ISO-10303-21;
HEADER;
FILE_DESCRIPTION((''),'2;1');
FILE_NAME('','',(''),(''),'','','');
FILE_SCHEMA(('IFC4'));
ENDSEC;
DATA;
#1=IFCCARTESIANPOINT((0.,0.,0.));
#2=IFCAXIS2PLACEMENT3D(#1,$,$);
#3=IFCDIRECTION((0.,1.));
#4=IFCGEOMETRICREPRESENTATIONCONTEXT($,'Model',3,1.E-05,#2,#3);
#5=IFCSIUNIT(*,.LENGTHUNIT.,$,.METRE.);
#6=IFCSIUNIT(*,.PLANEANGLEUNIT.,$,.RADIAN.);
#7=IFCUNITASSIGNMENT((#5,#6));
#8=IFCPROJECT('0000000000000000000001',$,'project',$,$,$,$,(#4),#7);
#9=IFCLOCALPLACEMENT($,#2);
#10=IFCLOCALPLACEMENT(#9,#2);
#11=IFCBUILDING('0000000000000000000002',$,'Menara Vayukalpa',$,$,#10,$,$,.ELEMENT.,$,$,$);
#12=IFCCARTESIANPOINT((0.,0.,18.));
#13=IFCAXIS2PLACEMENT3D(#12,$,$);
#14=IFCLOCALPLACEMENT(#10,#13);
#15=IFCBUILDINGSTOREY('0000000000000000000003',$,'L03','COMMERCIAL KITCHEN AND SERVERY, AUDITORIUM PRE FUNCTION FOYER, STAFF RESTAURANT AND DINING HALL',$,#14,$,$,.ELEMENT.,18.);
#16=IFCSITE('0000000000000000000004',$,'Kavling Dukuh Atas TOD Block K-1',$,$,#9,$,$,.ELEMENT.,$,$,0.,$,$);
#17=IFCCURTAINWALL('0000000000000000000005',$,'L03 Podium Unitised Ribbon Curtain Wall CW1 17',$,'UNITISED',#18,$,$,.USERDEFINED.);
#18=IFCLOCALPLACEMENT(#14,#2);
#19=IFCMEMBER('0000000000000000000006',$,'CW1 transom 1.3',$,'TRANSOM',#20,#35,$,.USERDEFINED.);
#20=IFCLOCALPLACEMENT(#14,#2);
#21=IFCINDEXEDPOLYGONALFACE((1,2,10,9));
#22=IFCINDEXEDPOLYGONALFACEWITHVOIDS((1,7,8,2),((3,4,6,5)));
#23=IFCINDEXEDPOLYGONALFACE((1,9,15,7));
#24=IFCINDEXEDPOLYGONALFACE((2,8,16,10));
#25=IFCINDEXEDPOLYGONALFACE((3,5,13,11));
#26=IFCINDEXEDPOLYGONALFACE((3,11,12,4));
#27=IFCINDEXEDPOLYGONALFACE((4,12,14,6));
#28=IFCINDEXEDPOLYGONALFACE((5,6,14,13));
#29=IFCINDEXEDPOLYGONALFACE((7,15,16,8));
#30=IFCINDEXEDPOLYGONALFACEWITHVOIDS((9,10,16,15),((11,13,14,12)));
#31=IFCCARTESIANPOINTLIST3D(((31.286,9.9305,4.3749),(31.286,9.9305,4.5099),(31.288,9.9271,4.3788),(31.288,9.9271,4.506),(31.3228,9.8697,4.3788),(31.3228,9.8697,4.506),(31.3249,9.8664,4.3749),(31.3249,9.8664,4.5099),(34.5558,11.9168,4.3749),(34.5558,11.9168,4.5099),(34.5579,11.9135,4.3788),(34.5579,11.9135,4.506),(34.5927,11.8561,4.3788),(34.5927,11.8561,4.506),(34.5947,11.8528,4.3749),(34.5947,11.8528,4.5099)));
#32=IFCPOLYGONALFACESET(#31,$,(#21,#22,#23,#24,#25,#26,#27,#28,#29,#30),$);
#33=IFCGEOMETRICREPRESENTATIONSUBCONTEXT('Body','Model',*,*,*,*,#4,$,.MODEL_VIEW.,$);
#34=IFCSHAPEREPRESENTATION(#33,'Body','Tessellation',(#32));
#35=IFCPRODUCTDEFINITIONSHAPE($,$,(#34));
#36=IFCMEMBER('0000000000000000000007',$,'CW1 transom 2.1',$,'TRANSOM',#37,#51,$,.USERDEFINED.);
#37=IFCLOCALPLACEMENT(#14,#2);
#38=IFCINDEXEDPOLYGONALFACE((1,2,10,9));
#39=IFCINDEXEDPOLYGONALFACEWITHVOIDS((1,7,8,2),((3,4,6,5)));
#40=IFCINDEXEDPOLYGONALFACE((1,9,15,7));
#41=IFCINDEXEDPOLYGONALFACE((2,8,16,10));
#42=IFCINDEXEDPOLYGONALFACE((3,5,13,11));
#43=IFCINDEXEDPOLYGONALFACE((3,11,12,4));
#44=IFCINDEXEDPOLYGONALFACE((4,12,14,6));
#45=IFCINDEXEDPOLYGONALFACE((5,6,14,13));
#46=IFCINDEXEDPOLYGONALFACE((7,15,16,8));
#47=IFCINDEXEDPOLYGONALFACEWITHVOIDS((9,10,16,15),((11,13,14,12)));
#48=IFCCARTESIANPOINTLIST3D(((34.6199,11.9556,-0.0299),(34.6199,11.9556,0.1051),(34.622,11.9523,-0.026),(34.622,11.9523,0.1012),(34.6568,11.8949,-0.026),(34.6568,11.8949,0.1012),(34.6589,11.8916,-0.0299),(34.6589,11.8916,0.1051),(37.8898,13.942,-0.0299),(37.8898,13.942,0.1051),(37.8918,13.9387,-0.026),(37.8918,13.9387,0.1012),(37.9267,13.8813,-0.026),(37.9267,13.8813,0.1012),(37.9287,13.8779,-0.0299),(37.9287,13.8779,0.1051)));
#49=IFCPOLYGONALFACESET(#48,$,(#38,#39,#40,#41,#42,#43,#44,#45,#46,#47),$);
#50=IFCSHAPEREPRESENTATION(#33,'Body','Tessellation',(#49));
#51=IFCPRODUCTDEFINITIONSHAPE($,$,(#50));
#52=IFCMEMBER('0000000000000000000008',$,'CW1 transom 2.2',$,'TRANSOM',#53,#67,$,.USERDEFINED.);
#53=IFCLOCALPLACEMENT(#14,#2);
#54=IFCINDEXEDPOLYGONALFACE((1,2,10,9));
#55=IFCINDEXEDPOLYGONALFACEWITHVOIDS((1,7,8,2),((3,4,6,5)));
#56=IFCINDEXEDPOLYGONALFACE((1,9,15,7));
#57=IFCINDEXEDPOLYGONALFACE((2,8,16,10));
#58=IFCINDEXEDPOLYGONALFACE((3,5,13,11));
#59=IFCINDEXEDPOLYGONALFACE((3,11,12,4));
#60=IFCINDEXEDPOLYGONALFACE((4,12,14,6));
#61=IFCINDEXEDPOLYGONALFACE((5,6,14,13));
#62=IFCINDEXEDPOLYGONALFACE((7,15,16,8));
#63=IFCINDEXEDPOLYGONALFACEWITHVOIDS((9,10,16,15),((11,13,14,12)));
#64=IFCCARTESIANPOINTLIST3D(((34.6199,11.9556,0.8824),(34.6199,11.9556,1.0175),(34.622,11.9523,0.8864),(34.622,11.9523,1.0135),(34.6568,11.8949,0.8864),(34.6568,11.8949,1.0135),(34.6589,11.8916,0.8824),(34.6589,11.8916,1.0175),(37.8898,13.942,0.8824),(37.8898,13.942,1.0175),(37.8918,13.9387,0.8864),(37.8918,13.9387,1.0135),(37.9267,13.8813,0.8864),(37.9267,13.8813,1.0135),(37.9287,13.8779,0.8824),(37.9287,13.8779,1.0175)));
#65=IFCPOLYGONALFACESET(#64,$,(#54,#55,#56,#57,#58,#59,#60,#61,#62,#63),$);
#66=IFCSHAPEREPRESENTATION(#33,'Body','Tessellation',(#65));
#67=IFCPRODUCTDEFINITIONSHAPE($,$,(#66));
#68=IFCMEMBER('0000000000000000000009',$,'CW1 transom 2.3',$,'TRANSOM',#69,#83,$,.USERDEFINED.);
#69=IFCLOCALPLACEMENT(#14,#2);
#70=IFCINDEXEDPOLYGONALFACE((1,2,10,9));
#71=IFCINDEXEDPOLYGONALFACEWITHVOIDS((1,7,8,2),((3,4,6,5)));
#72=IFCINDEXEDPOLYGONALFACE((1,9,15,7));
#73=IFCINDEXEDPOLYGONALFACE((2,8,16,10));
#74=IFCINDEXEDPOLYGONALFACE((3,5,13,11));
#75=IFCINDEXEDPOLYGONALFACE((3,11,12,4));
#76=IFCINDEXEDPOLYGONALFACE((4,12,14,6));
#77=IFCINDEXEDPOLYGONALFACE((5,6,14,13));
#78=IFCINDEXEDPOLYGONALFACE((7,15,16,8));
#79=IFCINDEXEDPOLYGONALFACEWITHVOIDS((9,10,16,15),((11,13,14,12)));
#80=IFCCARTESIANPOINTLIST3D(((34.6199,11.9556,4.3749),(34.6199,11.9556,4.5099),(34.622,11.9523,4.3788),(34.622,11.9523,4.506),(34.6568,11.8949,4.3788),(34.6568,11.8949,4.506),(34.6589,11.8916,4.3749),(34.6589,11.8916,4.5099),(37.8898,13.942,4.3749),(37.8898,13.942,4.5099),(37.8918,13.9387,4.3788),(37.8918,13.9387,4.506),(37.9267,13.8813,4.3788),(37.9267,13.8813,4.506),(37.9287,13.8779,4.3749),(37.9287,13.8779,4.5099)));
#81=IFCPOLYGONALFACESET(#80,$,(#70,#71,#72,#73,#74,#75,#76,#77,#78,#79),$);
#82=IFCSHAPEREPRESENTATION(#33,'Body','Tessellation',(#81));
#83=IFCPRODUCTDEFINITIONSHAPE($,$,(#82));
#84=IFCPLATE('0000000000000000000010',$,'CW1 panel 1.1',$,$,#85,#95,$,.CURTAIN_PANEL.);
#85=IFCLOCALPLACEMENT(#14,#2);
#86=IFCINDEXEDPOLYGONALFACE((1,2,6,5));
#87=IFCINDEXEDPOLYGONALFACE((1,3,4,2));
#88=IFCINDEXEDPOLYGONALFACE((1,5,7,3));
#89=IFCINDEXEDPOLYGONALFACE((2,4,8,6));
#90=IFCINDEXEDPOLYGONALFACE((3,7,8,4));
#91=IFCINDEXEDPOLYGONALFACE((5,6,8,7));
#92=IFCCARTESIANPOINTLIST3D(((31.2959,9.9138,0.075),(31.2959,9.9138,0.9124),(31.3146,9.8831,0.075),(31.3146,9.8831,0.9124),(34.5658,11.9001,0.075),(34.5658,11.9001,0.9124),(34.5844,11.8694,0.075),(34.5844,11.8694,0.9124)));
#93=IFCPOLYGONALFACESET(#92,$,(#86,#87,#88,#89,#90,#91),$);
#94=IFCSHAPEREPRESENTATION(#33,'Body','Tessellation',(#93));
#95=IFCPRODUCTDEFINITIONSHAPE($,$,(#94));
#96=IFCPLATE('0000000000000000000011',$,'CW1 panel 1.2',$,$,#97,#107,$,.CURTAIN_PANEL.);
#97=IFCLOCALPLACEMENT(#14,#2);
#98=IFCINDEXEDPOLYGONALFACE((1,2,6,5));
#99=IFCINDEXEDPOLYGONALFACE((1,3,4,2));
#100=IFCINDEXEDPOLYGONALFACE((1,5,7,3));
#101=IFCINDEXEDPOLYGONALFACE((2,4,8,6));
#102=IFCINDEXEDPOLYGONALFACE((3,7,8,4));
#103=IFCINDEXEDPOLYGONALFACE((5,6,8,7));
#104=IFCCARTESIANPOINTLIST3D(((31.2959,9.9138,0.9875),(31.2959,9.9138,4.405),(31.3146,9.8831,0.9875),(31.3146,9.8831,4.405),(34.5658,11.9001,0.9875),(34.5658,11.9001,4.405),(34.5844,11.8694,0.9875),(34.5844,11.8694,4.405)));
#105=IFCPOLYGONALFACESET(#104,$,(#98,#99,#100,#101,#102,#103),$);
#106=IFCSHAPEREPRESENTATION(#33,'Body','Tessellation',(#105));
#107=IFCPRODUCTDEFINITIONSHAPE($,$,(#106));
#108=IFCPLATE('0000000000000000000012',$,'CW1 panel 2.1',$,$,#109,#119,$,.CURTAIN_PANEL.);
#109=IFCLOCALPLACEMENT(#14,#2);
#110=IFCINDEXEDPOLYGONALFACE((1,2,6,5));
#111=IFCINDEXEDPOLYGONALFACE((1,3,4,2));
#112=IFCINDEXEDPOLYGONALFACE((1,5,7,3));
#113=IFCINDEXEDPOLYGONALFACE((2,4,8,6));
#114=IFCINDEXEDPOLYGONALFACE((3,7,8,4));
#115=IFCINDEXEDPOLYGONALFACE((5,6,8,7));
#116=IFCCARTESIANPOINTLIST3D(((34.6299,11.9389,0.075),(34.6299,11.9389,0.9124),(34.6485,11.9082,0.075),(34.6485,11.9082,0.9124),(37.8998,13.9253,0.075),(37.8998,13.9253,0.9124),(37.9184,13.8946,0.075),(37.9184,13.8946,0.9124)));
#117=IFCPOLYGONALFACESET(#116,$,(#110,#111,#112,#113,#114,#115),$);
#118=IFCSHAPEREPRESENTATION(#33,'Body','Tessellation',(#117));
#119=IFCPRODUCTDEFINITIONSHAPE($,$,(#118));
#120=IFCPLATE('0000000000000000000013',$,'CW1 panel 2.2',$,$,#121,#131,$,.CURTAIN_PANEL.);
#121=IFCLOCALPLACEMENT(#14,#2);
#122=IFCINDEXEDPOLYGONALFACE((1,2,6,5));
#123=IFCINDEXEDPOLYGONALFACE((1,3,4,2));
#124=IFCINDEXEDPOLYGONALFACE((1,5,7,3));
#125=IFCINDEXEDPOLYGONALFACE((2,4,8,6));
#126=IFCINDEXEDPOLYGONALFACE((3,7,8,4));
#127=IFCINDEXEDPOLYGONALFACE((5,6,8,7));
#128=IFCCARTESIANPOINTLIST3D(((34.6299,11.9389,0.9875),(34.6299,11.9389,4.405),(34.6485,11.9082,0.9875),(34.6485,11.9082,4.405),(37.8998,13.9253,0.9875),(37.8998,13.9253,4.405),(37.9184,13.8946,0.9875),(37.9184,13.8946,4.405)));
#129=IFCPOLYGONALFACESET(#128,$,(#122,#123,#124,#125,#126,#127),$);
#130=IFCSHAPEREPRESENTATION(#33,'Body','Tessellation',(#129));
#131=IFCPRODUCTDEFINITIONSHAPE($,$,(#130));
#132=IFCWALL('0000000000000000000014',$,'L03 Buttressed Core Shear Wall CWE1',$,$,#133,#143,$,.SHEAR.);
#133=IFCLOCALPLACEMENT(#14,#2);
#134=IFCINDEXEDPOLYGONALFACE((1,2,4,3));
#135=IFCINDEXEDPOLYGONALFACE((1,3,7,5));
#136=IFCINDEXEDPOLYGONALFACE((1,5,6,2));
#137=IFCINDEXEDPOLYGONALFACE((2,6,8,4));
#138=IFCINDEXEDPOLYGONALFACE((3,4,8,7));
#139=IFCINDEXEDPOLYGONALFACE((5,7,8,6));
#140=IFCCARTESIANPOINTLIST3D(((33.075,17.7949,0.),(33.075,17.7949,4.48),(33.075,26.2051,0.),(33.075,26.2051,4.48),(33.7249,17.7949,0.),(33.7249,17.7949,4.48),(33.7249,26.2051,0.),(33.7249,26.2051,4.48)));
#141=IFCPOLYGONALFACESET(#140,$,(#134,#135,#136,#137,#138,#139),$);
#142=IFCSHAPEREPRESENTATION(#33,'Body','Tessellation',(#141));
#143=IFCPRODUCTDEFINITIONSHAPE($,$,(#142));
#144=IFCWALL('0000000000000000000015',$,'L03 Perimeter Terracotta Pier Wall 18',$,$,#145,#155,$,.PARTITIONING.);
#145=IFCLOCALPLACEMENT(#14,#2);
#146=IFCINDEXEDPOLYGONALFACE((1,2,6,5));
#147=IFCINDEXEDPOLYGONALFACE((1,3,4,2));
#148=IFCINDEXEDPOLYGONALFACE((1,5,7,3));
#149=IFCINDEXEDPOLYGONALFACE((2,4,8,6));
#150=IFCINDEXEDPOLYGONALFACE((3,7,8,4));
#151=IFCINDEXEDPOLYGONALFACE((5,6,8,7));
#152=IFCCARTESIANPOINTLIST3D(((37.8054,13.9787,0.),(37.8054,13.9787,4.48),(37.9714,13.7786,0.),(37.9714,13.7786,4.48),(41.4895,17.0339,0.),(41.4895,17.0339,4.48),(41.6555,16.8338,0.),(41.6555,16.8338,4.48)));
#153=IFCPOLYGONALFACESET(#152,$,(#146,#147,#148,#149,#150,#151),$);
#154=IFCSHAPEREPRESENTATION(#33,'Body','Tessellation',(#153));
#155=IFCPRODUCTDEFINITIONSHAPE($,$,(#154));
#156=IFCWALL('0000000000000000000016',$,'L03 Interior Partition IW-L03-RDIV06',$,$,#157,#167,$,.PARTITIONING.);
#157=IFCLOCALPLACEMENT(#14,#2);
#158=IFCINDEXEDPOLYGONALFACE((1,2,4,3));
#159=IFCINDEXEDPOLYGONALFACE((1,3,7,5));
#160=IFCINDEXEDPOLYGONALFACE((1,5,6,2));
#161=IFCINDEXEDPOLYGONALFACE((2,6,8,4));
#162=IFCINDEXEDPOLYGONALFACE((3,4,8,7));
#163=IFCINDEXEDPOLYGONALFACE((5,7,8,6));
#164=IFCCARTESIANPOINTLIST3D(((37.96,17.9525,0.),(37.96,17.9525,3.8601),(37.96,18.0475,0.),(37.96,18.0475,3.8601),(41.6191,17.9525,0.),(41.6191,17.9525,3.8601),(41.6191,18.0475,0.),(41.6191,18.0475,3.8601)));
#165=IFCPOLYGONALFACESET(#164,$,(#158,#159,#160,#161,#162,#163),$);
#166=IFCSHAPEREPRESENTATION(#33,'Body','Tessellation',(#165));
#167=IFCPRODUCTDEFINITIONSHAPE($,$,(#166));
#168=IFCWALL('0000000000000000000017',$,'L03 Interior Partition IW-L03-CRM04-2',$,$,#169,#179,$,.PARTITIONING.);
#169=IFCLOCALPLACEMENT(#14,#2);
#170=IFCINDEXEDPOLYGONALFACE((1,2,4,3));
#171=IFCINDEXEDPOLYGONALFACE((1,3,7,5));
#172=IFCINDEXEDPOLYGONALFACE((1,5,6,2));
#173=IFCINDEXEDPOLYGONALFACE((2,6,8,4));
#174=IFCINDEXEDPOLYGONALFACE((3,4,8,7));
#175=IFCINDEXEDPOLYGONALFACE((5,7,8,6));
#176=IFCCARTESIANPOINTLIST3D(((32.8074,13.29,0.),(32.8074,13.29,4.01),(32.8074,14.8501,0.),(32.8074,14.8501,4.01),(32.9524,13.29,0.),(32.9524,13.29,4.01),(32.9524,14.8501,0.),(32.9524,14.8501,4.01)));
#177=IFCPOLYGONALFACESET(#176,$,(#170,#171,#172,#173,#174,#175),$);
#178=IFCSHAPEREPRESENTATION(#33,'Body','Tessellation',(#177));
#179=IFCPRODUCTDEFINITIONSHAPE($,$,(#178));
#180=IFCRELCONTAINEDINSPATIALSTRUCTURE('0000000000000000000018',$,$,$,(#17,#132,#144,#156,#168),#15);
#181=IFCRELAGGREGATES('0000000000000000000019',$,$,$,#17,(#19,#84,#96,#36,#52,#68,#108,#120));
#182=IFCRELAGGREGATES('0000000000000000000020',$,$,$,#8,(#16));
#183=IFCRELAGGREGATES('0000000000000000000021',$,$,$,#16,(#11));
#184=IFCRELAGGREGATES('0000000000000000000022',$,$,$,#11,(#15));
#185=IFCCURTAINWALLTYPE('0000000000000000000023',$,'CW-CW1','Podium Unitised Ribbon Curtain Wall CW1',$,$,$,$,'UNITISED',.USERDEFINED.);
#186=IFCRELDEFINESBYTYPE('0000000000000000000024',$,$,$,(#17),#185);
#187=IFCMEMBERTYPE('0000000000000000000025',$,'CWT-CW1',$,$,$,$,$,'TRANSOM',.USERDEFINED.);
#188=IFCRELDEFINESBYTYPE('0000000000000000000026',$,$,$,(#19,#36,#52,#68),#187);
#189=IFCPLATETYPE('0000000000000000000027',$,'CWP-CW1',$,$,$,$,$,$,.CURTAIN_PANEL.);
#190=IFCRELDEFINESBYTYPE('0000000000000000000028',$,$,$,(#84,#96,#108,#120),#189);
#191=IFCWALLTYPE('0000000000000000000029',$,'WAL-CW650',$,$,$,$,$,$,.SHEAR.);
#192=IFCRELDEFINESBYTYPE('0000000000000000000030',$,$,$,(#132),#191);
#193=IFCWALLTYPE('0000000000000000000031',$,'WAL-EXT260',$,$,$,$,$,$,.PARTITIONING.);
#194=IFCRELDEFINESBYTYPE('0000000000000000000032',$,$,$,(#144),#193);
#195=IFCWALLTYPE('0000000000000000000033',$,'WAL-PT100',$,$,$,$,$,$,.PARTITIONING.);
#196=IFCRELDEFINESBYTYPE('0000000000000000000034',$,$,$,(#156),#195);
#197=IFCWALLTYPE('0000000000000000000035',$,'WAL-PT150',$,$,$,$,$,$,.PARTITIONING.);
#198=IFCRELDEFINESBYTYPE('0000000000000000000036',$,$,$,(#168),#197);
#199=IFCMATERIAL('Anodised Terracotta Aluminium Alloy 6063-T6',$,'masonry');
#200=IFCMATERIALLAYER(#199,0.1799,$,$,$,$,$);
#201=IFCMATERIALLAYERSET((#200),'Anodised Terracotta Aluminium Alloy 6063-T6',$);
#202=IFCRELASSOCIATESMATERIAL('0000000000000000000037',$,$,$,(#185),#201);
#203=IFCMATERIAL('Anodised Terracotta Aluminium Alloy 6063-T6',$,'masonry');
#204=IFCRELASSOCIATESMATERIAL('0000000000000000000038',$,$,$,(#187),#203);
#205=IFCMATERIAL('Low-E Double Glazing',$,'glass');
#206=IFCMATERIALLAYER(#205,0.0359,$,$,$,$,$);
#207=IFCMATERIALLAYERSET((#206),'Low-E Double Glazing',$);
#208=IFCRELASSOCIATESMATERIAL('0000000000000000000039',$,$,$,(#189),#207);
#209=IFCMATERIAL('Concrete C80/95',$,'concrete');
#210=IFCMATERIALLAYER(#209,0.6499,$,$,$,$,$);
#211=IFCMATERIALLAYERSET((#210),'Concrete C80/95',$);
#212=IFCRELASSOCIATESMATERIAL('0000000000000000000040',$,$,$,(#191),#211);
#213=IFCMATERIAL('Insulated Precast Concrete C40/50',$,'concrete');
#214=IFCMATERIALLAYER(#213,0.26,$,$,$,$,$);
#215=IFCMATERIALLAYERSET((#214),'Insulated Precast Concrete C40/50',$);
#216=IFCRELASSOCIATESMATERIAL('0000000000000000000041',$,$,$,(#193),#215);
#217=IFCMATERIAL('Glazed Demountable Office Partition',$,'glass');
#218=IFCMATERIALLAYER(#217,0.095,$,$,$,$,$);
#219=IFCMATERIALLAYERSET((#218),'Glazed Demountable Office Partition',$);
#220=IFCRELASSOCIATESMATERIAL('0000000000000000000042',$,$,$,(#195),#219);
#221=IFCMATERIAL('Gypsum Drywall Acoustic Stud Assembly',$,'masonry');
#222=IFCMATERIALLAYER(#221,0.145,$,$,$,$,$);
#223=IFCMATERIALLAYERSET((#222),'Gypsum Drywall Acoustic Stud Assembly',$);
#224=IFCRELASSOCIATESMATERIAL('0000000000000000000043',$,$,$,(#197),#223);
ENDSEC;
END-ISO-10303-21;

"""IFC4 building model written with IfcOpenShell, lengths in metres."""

from ifc_helpers import new_model, si_unit, direction, frame, frame_2d, origin, origin_2d, place, context, subcontext, project, spatial, rectangle, hollow_rectangle, extrude, material, layer, layer_set, material_profile, profile_set, type_object, element, aggregate, save


model = new_model("IFC4")

# Units and contexts
model_context = context("Model", 3, precision=1e-05, world=origin(), true_north=direction((0.0, 1.0)))
body_context = subcontext(model_context, "Body", "Model", "MODEL_VIEW")
ifc_project = project(units=[si_unit("LENGTHUNIT", "METRE"), si_unit("PLANEANGLEUNIT", "RADIAN")], contexts=[model_context])

# Site, building, storey
site_placement = place(None, origin())
site = spatial("IfcSite", under=ifc_project, at=site_placement, Name="Kavling Dukuh Atas TOD Block K-1", CompositionType="ELEMENT", RefElevation=0.0)
building_placement = place(site_placement, origin())
building = spatial("IfcBuilding", under=site, at=building_placement, Name="Menara Vayukalpa", CompositionType="ELEMENT")
storey_placement = place(building_placement, frame((0.0, 0.0, 18.0)))
storey = spatial("IfcBuildingStorey", under=building, at=storey_placement, Name="L03", Description="COMMERCIAL KITCHEN AND SERVERY, AUDITORIUM PRE FUNCTION FOYER, STAFF RESTAURANT AND DINING HALL", CompositionType="ELEMENT", Elevation=18.0)

# Curtain wall, members, plates
ifc_material_1 = material(Name="Anodised Terracotta Aluminium Alloy 6063-T6", Category="masonry")
ifc_layer_1 = layer(ifc_material_1, 0.1799)
ifc_layer_set_1 = layer_set([ifc_layer_1], Name="Anodised Terracotta Aluminium Alloy 6063-T6")
curtain_wall_type = type_object("IfcCurtainWallType", Name="CW-CW1", Description="Podium Unitised Ribbon Curtain Wall CW1", ElementType="UNITISED", PredefinedType="USERDEFINED", material=ifc_layer_set_1)
curtain_wall_placement = place(storey_placement, origin())
curtain_wall = element("IfcCurtainWall", 1, at=curtain_wall_placement, inside=storey, type_object=curtain_wall_type, Name="L03 Podium Unitised Ribbon Curtain Wall CW1 17", ObjectType="UNITISED", PredefinedType="USERDEFINED")
ifc_material_2 = material(Name="Anodised Terracotta Aluminium Alloy 6063-T6", Category="masonry")
ifc_material_profile_1 = material_profile(ifc_material_2, hollow_rectangle(XDim=0.075, YDim=0.135, WallThickness=0.0039, at=origin_2d()), Name="ALU 75x135x4")
ifc_profile_set_1 = profile_set([ifc_material_profile_1], Name="Anodised Terracotta Aluminium Alloy 6063-T6")
member_type_1 = type_object("IfcMemberType", Name="CWT-CW1", ElementType="TRANSOM", PredefinedType="USERDEFINED", material=ifc_profile_set_1)
member_1_placement = place(storey_placement, frame((31.3054, 9.8984, 4.4424), z_axis=(0.854659, 0.51919, 0.0), x_axis=(-0.51919, 0.854659, 0.0)))
member_1 = element("IfcMember", 2, at=member_1_placement, type_object=member_type_1, Name="CW1 transom 1.3", ObjectType="TRANSOM", PredefinedType="USERDEFINED", context=body_context, shape_type="SweptSolid", body=[
    extrude(hollow_rectangle(XDim=0.075, YDim=0.135, WallThickness=0.0039, at=origin_2d()), origin(), (0.0, 0.0, 1.0), 3.8259),
])
member_2_placement = place(storey_placement, frame((34.6394, 11.9236, 0.0376), z_axis=(0.854659, 0.51919, 0.0), x_axis=(-0.51919, 0.854659, 0.0)))
member_2 = element("IfcMember", 3, at=member_2_placement, type_object=member_type_1, Name="CW1 transom 2.1", ObjectType="TRANSOM", PredefinedType="USERDEFINED", context=body_context, shape_type="SweptSolid", body=[
    extrude(hollow_rectangle(XDim=0.075, YDim=0.135, WallThickness=0.0039, at=origin_2d()), origin(), (0.0, 0.0, 1.0), 3.8259),
])
member_3_placement = place(storey_placement, frame((34.6394, 11.9236, 0.95), z_axis=(0.854659, 0.51919, 0.0), x_axis=(-0.51919, 0.854659, 0.0)))
member_3 = element("IfcMember", 4, at=member_3_placement, type_object=member_type_1, Name="CW1 transom 2.2", ObjectType="TRANSOM", PredefinedType="USERDEFINED", context=body_context, shape_type="SweptSolid", body=[
    extrude(hollow_rectangle(XDim=0.075, YDim=0.135, WallThickness=0.0039, at=origin_2d()), origin(), (0.0, 0.0, 1.0), 3.8259),
])
member_4_placement = place(storey_placement, frame((34.6394, 11.9236, 4.4424), z_axis=(0.854659, 0.51919, 0.0), x_axis=(-0.51919, 0.854659, 0.0)))
member_4 = element("IfcMember", 5, at=member_4_placement, type_object=member_type_1, Name="CW1 transom 2.3", ObjectType="TRANSOM", PredefinedType="USERDEFINED", context=body_context, shape_type="SweptSolid", body=[
    extrude(hollow_rectangle(XDim=0.075, YDim=0.135, WallThickness=0.0039, at=origin_2d()), origin(), (0.0, 0.0, 1.0), 3.8259),
])
ifc_material_3 = material(Name="Low-E Double Glazing", Category="glass")
ifc_layer_2 = layer(ifc_material_3, 0.0359)
ifc_layer_set_2 = layer_set([ifc_layer_2], Name="Low-E Double Glazing")
plate_type = type_object("IfcPlateType", Name="CWP-CW1", PredefinedType="CURTAIN_PANEL", material=ifc_layer_set_2)
plate_1_placement = place(storey_placement, frame((32.9402, 10.8916, 0.075), z_axis=(0.0, 0.0, 1.0), x_axis=(0.854665, 0.51918, 0.0)))
plate_1 = element("IfcPlate", 6, at=plate_1_placement, type_object=plate_type, Name="CW1 panel 1.1", PredefinedType="CURTAIN_PANEL", context=body_context, shape_type="SweptSolid", body=[
    extrude(rectangle(XDim=3.8259, YDim=0.0359, at=origin_2d()), origin(), (0.0, 0.0, 1.0), 0.8374),
])
plate_2_placement = place(storey_placement, frame((32.9402, 10.8916, 0.9875), z_axis=(0.0, 0.0, 1.0), x_axis=(0.854665, 0.51918, 0.0)))
plate_2 = element("IfcPlate", 7, at=plate_2_placement, type_object=plate_type, Name="CW1 panel 1.2", PredefinedType="CURTAIN_PANEL", context=body_context, shape_type="SweptSolid", body=[
    extrude(rectangle(XDim=3.8259, YDim=0.0359, at=origin_2d()), origin(), (0.0, 0.0, 1.0), 3.4175),
])
plate_3_placement = place(storey_placement, frame((36.2742, 12.9167, 0.075), z_axis=(0.0, 0.0, 1.0), x_axis=(0.854665, 0.51918, 0.0)))
plate_3 = element("IfcPlate", 8, at=plate_3_placement, type_object=plate_type, Name="CW1 panel 2.1", PredefinedType="CURTAIN_PANEL", context=body_context, shape_type="SweptSolid", body=[
    extrude(rectangle(XDim=3.8259, YDim=0.0359, at=origin_2d()), origin(), (0.0, 0.0, 1.0), 0.8374),
])
plate_4_placement = place(storey_placement, frame((36.2742, 12.9167, 0.9875), z_axis=(0.0, 0.0, 1.0), x_axis=(0.854665, 0.51918, 0.0)))
plate_4 = element("IfcPlate", 9, at=plate_4_placement, type_object=plate_type, Name="CW1 panel 2.2", PredefinedType="CURTAIN_PANEL", context=body_context, shape_type="SweptSolid", body=[
    extrude(rectangle(XDim=3.8259, YDim=0.0359, at=origin_2d()), origin(), (0.0, 0.0, 1.0), 3.4175),
])
aggregate(curtain_wall, [member_1, plate_1, plate_2, member_2, member_3, member_4, plate_3, plate_4])

# Walls
ifc_material_4 = material(Name="Concrete C80/95", Category="concrete")
ifc_layer_3 = layer(ifc_material_4, 0.6499)
ifc_layer_set_3 = layer_set([ifc_layer_3], Name="Concrete C80/95")
wall_type_1 = type_object("IfcWallType", Name="WAL-CW650", PredefinedType="SHEAR", material=ifc_layer_set_3)
wall_1_placement = place(storey_placement, frame((33.3999, 17.7949, 0.0), z_axis=(0.0, 0.0, 1.0), x_axis=(0.0, 1.0, 0.0)))
element("IfcWall", 10, at=wall_1_placement, inside=storey, type_object=wall_type_1, Name="L03 Buttressed Core Shear Wall CWE1", PredefinedType="SHEAR", context=body_context, shape_type="SweptSolid", body=[
    extrude(rectangle(XDim=8.4102, YDim=0.6499, at=frame_2d((4.2051, 0.0))), origin(), (0.0, 0.0, 1.0), 4.48),
])
ifc_material_5 = material(Name="Insulated Precast Concrete C40/50", Category="concrete")
ifc_layer_4 = layer(ifc_material_5, 0.26)
ifc_layer_set_4 = layer_set([ifc_layer_4], Name="Insulated Precast Concrete C40/50")
wall_type_2 = type_object("IfcWallType", Name="WAL-EXT260", PredefinedType="PARTITIONING", material=ifc_layer_set_4)
wall_2_placement = place(storey_placement, frame((41.5725, 16.9338, 0.0), z_axis=(0.0, 0.0, 1.0), x_axis=(-0.769749, -0.638346, 0.0)))
element("IfcWall", 11, at=wall_2_placement, inside=storey, type_object=wall_type_2, Name="L03 Perimeter Terracotta Pier Wall 18", PredefinedType="PARTITIONING", context=body_context, shape_type="SweptSolid", body=[
    extrude(rectangle(XDim=4.7861, YDim=0.26, at=frame_2d((2.3931, 0.0))), origin(), (0.0, 0.0, 1.0), 4.48),
])
ifc_material_6 = material(Name="Glazed Demountable Office Partition", Category="glass")
ifc_layer_5 = layer(ifc_material_6, 0.095)
ifc_layer_set_5 = layer_set([ifc_layer_5], Name="Glazed Demountable Office Partition")
wall_type_3 = type_object("IfcWallType", Name="WAL-PT100", PredefinedType="PARTITIONING", material=ifc_layer_set_5)
wall_3_placement = place(storey_placement, frame((37.96, 18.0, 0.0), z_axis=(0.0, 0.0, 1.0), x_axis=(1.0, 0.0, 0.0)))
element("IfcWall", 12, at=wall_3_placement, inside=storey, type_object=wall_type_3, Name="L03 Interior Partition IW-L03-RDIV06", PredefinedType="PARTITIONING", context=body_context, shape_type="SweptSolid", body=[
    extrude(rectangle(XDim=3.6592, YDim=0.095, at=frame_2d((1.8296, 0.0))), origin(), (0.0, 0.0, 1.0), 3.8601),
])
ifc_material_7 = material(Name="Gypsum Drywall Acoustic Stud Assembly", Category="masonry")
ifc_layer_6 = layer(ifc_material_7, 0.145)
ifc_layer_set_6 = layer_set([ifc_layer_6], Name="Gypsum Drywall Acoustic Stud Assembly")
wall_type_4 = type_object("IfcWallType", Name="WAL-PT150", PredefinedType="PARTITIONING", material=ifc_layer_set_6)
wall_4_placement = place(storey_placement, frame((32.8799, 13.29, 0.0), z_axis=(0.0, 0.0, 1.0), x_axis=(0.0, 1.0, 0.0)))
element("IfcWall", 13, at=wall_4_placement, inside=storey, type_object=wall_type_4, Name="L03 Interior Partition IW-L03-CRM04-2", PredefinedType="PARTITIONING", context=body_context, shape_type="SweptSolid", body=[
    extrude(rectangle(XDim=1.5601, YDim=0.145, at=frame_2d((0.78, 0.0))), origin(), (0.0, 0.0, 1.0), 4.01),
])

save(model, "model.ifc")
